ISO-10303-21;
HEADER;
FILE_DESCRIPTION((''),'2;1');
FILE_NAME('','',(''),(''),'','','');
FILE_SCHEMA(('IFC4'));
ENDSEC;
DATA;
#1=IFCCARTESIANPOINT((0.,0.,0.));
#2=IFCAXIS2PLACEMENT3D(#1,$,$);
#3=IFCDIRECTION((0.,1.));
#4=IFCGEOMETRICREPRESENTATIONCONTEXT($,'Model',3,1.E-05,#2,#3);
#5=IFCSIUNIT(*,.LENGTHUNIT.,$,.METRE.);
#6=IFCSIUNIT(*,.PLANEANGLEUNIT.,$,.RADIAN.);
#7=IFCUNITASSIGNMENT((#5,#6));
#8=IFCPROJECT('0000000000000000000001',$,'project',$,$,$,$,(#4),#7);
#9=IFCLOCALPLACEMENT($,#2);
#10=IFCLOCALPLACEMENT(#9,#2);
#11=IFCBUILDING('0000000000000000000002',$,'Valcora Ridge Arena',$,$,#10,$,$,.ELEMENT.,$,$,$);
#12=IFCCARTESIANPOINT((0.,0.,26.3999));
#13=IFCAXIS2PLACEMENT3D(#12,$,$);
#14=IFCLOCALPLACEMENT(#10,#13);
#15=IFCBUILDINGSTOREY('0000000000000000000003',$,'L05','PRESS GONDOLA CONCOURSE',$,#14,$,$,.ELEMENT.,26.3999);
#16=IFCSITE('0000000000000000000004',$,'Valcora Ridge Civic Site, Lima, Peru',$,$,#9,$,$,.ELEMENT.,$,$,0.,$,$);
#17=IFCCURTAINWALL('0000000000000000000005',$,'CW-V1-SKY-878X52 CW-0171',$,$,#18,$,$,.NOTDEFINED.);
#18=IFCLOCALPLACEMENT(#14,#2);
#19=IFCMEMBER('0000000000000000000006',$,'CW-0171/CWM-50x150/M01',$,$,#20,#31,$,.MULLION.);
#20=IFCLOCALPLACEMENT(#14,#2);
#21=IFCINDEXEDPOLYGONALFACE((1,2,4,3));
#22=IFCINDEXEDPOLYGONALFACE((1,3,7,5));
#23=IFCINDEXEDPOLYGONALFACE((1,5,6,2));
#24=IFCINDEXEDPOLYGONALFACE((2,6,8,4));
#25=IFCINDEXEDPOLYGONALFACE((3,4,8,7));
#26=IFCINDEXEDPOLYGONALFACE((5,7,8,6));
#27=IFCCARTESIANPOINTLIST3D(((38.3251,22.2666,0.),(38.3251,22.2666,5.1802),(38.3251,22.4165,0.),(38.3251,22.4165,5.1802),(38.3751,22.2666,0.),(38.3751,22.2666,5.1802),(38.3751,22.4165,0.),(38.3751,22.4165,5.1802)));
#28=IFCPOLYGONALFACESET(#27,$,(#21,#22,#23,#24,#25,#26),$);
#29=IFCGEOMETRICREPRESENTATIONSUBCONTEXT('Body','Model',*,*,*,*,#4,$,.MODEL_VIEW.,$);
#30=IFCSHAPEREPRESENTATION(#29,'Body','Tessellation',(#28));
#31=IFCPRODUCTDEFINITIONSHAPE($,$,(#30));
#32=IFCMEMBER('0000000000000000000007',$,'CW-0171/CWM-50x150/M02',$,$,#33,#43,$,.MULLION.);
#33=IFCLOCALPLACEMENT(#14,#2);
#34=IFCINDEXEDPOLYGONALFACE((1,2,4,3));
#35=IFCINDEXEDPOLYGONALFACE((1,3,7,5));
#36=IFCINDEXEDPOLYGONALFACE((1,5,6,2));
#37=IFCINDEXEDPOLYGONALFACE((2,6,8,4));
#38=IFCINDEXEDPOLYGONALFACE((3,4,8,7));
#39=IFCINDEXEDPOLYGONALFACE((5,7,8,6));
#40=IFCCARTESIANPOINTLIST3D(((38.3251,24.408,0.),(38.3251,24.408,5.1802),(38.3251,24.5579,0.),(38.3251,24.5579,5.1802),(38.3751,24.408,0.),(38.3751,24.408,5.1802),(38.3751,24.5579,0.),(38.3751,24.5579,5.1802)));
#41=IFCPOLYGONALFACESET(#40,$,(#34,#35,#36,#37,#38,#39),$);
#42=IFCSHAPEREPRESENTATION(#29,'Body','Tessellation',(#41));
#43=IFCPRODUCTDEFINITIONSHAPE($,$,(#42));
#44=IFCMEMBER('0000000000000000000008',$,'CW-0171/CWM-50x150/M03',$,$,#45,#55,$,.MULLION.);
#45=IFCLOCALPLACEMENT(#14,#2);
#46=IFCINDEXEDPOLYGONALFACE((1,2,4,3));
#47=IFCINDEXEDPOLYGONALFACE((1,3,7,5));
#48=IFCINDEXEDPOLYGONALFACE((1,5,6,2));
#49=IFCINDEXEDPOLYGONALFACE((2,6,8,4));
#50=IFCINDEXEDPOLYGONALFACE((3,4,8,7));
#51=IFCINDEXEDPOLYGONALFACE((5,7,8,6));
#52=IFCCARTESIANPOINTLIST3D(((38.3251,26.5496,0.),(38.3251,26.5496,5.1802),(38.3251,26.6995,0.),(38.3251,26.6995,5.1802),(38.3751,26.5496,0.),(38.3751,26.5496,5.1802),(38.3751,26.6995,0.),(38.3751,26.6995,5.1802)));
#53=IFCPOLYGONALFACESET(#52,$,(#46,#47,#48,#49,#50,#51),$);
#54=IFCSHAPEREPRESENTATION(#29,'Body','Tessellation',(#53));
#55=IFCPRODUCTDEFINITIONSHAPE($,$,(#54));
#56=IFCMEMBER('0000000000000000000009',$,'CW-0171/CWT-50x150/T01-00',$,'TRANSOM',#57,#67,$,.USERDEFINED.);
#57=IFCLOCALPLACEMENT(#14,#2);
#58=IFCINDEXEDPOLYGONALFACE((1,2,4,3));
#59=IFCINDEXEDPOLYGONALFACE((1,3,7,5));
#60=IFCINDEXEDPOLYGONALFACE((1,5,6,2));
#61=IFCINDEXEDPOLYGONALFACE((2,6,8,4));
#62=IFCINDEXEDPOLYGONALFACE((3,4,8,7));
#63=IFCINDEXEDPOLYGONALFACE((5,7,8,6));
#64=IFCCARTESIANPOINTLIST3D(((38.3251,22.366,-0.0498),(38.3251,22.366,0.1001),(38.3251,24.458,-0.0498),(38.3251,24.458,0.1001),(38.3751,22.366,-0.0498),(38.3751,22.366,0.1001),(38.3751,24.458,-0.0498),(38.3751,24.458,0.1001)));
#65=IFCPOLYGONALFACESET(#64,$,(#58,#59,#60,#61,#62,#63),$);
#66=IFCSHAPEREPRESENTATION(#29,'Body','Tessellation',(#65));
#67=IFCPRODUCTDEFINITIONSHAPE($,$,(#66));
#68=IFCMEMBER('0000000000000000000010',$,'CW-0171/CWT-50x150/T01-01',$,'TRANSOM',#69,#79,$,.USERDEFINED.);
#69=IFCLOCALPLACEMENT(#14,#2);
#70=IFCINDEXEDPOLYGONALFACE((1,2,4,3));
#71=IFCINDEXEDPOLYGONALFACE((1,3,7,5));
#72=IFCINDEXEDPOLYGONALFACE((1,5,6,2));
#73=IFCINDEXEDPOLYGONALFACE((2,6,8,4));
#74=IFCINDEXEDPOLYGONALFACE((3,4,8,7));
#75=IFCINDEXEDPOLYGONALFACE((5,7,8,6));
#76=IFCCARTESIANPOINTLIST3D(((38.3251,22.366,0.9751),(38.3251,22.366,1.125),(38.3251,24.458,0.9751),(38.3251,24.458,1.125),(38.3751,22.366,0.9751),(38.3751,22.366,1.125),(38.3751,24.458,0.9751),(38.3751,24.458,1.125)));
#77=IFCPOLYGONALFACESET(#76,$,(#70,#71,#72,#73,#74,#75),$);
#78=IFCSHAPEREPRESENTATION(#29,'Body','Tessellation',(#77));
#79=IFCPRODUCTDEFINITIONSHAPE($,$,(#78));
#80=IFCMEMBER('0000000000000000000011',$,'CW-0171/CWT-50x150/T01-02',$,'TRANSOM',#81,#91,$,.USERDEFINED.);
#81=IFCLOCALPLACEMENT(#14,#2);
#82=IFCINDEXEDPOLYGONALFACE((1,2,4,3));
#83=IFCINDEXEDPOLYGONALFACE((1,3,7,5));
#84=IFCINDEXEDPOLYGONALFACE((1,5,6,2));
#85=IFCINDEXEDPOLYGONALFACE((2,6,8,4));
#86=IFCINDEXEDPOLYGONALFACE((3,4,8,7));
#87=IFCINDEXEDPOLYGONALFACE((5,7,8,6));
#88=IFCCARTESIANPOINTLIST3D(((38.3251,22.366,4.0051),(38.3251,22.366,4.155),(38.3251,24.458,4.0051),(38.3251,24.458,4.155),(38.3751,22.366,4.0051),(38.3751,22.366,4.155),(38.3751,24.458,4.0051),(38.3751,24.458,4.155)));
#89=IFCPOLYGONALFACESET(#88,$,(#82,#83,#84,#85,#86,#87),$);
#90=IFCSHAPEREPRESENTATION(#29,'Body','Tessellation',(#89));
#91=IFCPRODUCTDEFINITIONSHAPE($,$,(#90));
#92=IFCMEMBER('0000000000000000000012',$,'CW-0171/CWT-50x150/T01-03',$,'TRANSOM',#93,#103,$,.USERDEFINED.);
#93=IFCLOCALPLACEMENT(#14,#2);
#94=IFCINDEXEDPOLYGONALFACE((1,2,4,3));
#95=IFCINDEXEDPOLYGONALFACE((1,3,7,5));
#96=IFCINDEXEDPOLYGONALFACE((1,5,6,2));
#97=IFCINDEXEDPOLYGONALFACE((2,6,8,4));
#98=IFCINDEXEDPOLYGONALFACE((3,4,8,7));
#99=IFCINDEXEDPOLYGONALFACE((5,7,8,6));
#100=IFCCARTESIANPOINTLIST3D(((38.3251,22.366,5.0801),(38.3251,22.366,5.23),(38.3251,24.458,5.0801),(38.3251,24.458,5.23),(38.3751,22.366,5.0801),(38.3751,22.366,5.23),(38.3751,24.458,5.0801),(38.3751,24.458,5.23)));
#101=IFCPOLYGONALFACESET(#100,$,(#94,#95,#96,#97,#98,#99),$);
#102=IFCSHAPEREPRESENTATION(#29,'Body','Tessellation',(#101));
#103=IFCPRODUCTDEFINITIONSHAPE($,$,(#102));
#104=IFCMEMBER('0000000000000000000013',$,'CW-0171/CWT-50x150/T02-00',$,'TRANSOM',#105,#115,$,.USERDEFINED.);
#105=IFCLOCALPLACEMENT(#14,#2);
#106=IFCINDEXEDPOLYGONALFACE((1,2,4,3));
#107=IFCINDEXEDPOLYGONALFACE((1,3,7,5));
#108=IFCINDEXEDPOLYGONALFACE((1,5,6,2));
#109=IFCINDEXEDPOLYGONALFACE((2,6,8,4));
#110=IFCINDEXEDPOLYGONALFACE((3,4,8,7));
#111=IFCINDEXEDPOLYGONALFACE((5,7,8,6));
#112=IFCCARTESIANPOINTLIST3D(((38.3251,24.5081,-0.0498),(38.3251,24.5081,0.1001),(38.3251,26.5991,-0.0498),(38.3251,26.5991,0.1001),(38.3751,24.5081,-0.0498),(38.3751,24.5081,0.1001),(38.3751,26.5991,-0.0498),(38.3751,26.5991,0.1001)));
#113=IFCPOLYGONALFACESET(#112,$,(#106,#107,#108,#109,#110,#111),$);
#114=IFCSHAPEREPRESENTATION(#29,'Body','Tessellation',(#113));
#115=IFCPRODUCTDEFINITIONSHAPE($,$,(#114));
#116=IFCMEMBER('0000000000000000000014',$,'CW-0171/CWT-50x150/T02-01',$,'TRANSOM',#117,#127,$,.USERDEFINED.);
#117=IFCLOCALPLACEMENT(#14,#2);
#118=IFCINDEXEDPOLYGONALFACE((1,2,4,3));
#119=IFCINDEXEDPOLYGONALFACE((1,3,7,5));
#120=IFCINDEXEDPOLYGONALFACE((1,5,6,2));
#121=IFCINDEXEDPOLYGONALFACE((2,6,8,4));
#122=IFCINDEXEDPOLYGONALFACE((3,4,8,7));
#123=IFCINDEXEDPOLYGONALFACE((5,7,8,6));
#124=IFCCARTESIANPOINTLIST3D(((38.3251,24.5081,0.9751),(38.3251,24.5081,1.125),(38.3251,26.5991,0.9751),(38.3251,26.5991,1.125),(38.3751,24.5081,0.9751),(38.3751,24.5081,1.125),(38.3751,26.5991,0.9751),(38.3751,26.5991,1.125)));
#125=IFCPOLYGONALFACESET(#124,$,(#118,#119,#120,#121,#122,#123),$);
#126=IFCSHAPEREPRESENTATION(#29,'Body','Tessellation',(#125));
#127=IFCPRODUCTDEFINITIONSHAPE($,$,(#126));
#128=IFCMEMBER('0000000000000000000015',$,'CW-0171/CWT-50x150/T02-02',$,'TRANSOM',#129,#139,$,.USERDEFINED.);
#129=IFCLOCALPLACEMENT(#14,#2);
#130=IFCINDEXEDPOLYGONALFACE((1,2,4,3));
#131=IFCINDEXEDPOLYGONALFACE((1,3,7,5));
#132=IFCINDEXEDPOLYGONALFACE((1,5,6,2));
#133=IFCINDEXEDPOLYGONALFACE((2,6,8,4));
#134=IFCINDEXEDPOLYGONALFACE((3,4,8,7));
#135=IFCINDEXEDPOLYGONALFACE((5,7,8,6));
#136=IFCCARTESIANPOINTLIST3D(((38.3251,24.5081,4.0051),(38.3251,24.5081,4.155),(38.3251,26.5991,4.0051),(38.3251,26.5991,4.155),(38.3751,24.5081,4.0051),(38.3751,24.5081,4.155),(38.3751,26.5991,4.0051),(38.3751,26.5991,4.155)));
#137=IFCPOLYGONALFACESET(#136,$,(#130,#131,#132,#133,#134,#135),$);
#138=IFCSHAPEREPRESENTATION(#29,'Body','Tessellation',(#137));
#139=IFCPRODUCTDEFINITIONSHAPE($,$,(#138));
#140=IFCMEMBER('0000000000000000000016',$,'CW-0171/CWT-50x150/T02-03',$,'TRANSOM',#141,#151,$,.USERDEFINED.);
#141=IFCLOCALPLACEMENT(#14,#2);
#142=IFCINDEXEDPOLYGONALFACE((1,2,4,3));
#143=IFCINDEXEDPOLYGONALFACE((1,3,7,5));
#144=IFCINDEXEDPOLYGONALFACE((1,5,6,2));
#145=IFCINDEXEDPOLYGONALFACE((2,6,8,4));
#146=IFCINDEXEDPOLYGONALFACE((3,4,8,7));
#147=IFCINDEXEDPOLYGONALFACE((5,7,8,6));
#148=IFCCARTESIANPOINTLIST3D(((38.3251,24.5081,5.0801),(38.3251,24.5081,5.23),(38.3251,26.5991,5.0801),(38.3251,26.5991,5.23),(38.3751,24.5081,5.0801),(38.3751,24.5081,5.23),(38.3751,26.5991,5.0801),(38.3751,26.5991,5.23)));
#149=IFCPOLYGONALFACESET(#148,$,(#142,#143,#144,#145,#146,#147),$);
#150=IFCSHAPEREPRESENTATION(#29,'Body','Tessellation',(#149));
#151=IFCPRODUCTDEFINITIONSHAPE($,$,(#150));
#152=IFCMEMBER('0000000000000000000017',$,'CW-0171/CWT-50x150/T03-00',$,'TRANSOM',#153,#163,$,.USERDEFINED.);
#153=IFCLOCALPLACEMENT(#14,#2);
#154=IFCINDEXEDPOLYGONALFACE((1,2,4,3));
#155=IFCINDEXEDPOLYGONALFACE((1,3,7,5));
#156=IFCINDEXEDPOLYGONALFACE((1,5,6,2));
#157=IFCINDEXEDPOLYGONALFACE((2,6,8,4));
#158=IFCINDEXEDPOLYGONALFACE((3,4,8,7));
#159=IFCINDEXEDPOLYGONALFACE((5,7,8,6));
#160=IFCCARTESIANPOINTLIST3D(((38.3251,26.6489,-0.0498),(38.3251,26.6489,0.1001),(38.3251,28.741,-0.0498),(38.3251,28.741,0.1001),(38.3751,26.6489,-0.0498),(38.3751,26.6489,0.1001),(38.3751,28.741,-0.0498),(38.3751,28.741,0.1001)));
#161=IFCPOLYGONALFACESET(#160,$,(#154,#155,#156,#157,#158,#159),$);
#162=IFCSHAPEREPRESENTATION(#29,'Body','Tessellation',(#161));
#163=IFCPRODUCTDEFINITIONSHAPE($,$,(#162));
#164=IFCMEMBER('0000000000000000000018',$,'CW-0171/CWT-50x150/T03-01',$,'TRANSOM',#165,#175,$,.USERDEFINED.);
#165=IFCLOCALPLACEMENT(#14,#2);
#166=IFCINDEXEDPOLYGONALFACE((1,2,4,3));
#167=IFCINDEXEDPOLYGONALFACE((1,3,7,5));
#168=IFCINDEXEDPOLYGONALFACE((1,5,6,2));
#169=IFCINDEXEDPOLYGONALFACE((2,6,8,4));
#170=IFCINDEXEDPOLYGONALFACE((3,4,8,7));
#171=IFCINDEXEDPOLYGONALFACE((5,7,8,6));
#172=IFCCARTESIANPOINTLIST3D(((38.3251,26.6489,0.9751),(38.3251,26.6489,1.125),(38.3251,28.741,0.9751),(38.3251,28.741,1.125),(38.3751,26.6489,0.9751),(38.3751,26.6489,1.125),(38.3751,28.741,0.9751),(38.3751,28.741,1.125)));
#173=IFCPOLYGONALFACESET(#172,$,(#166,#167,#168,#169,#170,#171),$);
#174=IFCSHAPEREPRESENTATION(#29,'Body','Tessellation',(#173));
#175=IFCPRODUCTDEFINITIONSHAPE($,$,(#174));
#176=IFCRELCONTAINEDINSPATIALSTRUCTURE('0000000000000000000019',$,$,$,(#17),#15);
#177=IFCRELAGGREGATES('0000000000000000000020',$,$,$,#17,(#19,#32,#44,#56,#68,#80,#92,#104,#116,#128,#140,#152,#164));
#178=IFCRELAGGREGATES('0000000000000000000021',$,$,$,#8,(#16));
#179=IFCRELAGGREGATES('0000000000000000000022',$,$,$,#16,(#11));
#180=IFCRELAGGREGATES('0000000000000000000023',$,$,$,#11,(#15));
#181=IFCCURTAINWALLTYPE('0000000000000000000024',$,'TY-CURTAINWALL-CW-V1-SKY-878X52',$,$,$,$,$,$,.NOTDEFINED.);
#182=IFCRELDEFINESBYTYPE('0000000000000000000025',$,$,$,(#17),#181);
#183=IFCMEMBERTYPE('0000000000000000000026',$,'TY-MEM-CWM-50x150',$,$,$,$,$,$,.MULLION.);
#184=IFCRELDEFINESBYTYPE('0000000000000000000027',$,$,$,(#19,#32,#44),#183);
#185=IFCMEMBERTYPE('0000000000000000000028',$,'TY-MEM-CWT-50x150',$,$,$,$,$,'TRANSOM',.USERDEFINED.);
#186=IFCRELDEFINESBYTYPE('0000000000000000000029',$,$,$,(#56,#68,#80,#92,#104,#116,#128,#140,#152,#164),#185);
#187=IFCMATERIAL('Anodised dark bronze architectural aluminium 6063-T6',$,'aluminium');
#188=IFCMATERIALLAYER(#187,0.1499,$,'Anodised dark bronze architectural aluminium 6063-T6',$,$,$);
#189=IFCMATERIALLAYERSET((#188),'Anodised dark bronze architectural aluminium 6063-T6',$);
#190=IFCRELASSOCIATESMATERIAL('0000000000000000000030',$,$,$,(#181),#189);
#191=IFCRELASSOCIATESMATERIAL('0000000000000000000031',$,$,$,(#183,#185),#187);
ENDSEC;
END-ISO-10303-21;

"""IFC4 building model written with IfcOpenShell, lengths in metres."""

from ifc_helpers import new_model, si_unit, direction, frame, origin, origin_2d, place, context, subcontext, project, spatial, rectangle, extrude, material, layer, layer_set, material_profile, profile_set, type_object, element, aggregate, save


model = new_model("IFC4")

# Units and contexts
model_context = context("Model", 3, precision=1e-05, world=origin(), true_north=direction((0.0, 1.0)))
body_context = subcontext(model_context, "Body", "Model", "MODEL_VIEW")
ifc_project = project(units=[si_unit("LENGTHUNIT", "METRE"), si_unit("PLANEANGLEUNIT", "RADIAN")], contexts=[model_context])

# Site, building, storey
site_placement = place(None, origin())
site = spatial("IfcSite", under=ifc_project, at=site_placement, Name="Valcora Ridge Civic Site, Lima, Peru", CompositionType="ELEMENT", RefElevation=0.0)
building_placement = place(site_placement, origin())
building = spatial("IfcBuilding", under=site, at=building_placement, Name="Valcora Ridge Arena", CompositionType="ELEMENT")
storey_placement = place(building_placement, frame((0.0, 0.0, 26.3999)))
storey = spatial("IfcBuildingStorey", under=building, at=storey_placement, Name="L05", Description="PRESS GONDOLA CONCOURSE", CompositionType="ELEMENT", Elevation=26.3999)

# Curtain wall, members
ifc_material_1 = material(Name="Anodised dark bronze architectural aluminium 6063-T6", Category="aluminium")
ifc_layer_1 = layer(ifc_material_1, 0.1499, Name="Anodised dark bronze architectural aluminium 6063-T6")
ifc_layer_set_1 = layer_set([ifc_layer_1], Name="Anodised dark bronze architectural aluminium 6063-T6")
curtain_wall_type = type_object("IfcCurtainWallType", Name="TY-CURTAINWALL-CW-V1-SKY-878X52", PredefinedType="NOTDEFINED", material=ifc_layer_set_1)
curtain_wall_placement = place(storey_placement, origin())
curtain_wall = element("IfcCurtainWall", 1, at=curtain_wall_placement, inside=storey, type_object=curtain_wall_type, Name="CW-V1-SKY-878X52 CW-0171", PredefinedType="NOTDEFINED")
ifc_material_profile_1 = material_profile(ifc_material_1, rectangle(XDim=0.05, YDim=0.1499, at=origin_2d()), Name="ALU MULLION 50x150")
ifc_profile_set_1 = profile_set([ifc_material_profile_1], Name="Anodised dark bronze architectural aluminium 6063-T6")
member_type_1 = type_object("IfcMemberType", Name="TY-MEM-CWM-50x150", PredefinedType="MULLION", material=ifc_profile_set_1)
member_1_placement = place(storey_placement, frame((38.3501, 22.3416, 0.0), z_axis=(0.0, 0.0, 1.0), x_axis=(-1.0, 0.0, 0.0)))
member_1 = element("IfcMember", 2, at=member_1_placement, type_object=member_type_1, Name="CW-0171/CWM-50x150/M01", PredefinedType="MULLION", context=body_context, shape_type="SweptSolid", body=[
    extrude(rectangle(XDim=0.05, YDim=0.1499, at=origin_2d()), origin(), (0.0, 0.0, 1.0), 5.1802),
])
member_2_placement = place(storey_placement, frame((38.3501, 24.4829, 0.0), z_axis=(0.0, 0.0, 1.0), x_axis=(-1.0, 0.0, 0.0)))
member_2 = element("IfcMember", 3, at=member_2_placement, type_object=member_type_1, Name="CW-0171/CWM-50x150/M02", PredefinedType="MULLION", context=body_context, shape_type="SweptSolid", body=[
    extrude(rectangle(XDim=0.05, YDim=0.1499, at=origin_2d()), origin(), (0.0, 0.0, 1.0), 5.1802),
])
member_3_placement = place(storey_placement, frame((38.3501, 26.6245, 0.0), z_axis=(0.0, 0.0, 1.0), x_axis=(-1.0, 0.0, 0.0)))
member_3 = element("IfcMember", 4, at=member_3_placement, type_object=member_type_1, Name="CW-0171/CWM-50x150/M03", PredefinedType="MULLION", context=body_context, shape_type="SweptSolid", body=[
    extrude(rectangle(XDim=0.05, YDim=0.1499, at=origin_2d()), origin(), (0.0, 0.0, 1.0), 5.1802),
])
ifc_material_profile_2 = material_profile(ifc_material_1, rectangle(XDim=0.05, YDim=0.1499, at=origin_2d()), Name="ALU TRANSOM 50x150")
ifc_profile_set_2 = profile_set([ifc_material_profile_2], Name="Anodised dark bronze architectural aluminium 6063-T6")
member_type_2 = type_object("IfcMemberType", Name="TY-MEM-CWT-50x150", ElementType="TRANSOM", PredefinedType="USERDEFINED", material=ifc_profile_set_2)
member_4_placement = place(storey_placement, frame((38.3501, 22.366, 0.0251), z_axis=(0.0, 1.0, 0.0), x_axis=(-1.0, 0.0, 0.0)))
member_4 = element("IfcMember", 5, at=member_4_placement, type_object=member_type_2, Name="CW-0171/CWT-50x150/T01-00", ObjectType="TRANSOM", PredefinedType="USERDEFINED", context=body_context, shape_type="SweptSolid", body=[
    extrude(rectangle(XDim=0.05, YDim=0.1499, at=origin_2d()), origin(), (0.0, 0.0, 1.0), 2.092),
])
member_5_placement = place(storey_placement, frame((38.3501, 22.366, 1.05), z_axis=(0.0, 1.0, 0.0), x_axis=(-1.0, 0.0, 0.0)))
member_5 = element("IfcMember", 6, at=member_5_placement, type_object=member_type_2, Name="CW-0171/CWT-50x150/T01-01", ObjectType="TRANSOM", PredefinedType="USERDEFINED", context=body_context, shape_type="SweptSolid", body=[
    extrude(rectangle(XDim=0.05, YDim=0.1499, at=origin_2d()), origin(), (0.0, 0.0, 1.0), 2.092),
])
member_6_placement = place(storey_placement, frame((38.3501, 22.366, 4.0801), z_axis=(0.0, 1.0, 0.0), x_axis=(-1.0, 0.0, 0.0)))
member_6 = element("IfcMember", 7, at=member_6_placement, type_object=member_type_2, Name="CW-0171/CWT-50x150/T01-02", ObjectType="TRANSOM", PredefinedType="USERDEFINED", context=body_context, shape_type="SweptSolid", body=[
    extrude(rectangle(XDim=0.05, YDim=0.1499, at=origin_2d()), origin(), (0.0, 0.0, 1.0), 2.092),
])
member_7_placement = place(storey_placement, frame((38.3501, 22.366, 5.155), z_axis=(0.0, 1.0, 0.0), x_axis=(-1.0, 0.0, 0.0)))
member_7 = element("IfcMember", 8, at=member_7_placement, type_object=member_type_2, Name="CW-0171/CWT-50x150/T01-03", ObjectType="TRANSOM", PredefinedType="USERDEFINED", context=body_context, shape_type="SweptSolid", body=[
    extrude(rectangle(XDim=0.05, YDim=0.1499, at=origin_2d()), origin(), (0.0, 0.0, 1.0), 2.092),
])
member_8_placement = place(storey_placement, frame((38.3501, 24.5081, 0.0251), z_axis=(0.0, 1.0, 0.0), x_axis=(-1.0, 0.0, 0.0)))
member_8 = element("IfcMember", 9, at=member_8_placement, type_object=member_type_2, Name="CW-0171/CWT-50x150/T02-00", ObjectType="TRANSOM", PredefinedType="USERDEFINED", context=body_context, shape_type="SweptSolid", body=[
    extrude(rectangle(XDim=0.05, YDim=0.1499, at=origin_2d()), origin(), (0.0, 0.0, 1.0), 2.0911),
])
member_9_placement = place(storey_placement, frame((38.3501, 24.5081, 1.05), z_axis=(0.0, 1.0, 0.0), x_axis=(-1.0, 0.0, 0.0)))
member_9 = element("IfcMember", 10, at=member_9_placement, type_object=member_type_2, Name="CW-0171/CWT-50x150/T02-01", ObjectType="TRANSOM", PredefinedType="USERDEFINED", context=body_context, shape_type="SweptSolid", body=[
    extrude(rectangle(XDim=0.05, YDim=0.1499, at=origin_2d()), origin(), (0.0, 0.0, 1.0), 2.0911),
])
member_10_placement = place(storey_placement, frame((38.3501, 24.5081, 4.0801), z_axis=(0.0, 1.0, 0.0), x_axis=(-1.0, 0.0, 0.0)))
member_10 = element("IfcMember", 11, at=member_10_placement, type_object=member_type_2, Name="CW-0171/CWT-50x150/T02-02", ObjectType="TRANSOM", PredefinedType="USERDEFINED", context=body_context, shape_type="SweptSolid", body=[
    extrude(rectangle(XDim=0.05, YDim=0.1499, at=origin_2d()), origin(), (0.0, 0.0, 1.0), 2.0911),
])
member_11_placement = place(storey_placement, frame((38.3501, 24.5081, 5.155), z_axis=(0.0, 1.0, 0.0), x_axis=(-1.0, 0.0, 0.0)))
member_11 = element("IfcMember", 12, at=member_11_placement, type_object=member_type_2, Name="CW-0171/CWT-50x150/T02-03", ObjectType="TRANSOM", PredefinedType="USERDEFINED", context=body_context, shape_type="SweptSolid", body=[
    extrude(rectangle(XDim=0.05, YDim=0.1499, at=origin_2d()), origin(), (0.0, 0.0, 1.0), 2.0911),
])
member_12_placement = place(storey_placement, frame((38.3501, 26.6489, 0.0251), z_axis=(0.0, 1.0, 0.0), x_axis=(-1.0, 0.0, 0.0)))
member_12 = element("IfcMember", 13, at=member_12_placement, type_object=member_type_2, Name="CW-0171/CWT-50x150/T03-00", ObjectType="TRANSOM", PredefinedType="USERDEFINED", context=body_context, shape_type="SweptSolid", body=[
    extrude(rectangle(XDim=0.05, YDim=0.1499, at=origin_2d()), origin(), (0.0, 0.0, 1.0), 2.092),
])
member_13_placement = place(storey_placement, frame((38.3501, 26.6489, 1.05), z_axis=(0.0, 1.0, 0.0), x_axis=(-1.0, 0.0, 0.0)))
member_13 = element("IfcMember", 14, at=member_13_placement, type_object=member_type_2, Name="CW-0171/CWT-50x150/T03-01", ObjectType="TRANSOM", PredefinedType="USERDEFINED", context=body_context, shape_type="SweptSolid", body=[
    extrude(rectangle(XDim=0.05, YDim=0.1499, at=origin_2d()), origin(), (0.0, 0.0, 1.0), 2.092),
])

aggregate(curtain_wall, [member_1, member_2, member_3, member_4, member_5, member_6, member_7, member_8, member_9, member_10, member_11, member_12, member_13])

save(model, "model.ifc")
